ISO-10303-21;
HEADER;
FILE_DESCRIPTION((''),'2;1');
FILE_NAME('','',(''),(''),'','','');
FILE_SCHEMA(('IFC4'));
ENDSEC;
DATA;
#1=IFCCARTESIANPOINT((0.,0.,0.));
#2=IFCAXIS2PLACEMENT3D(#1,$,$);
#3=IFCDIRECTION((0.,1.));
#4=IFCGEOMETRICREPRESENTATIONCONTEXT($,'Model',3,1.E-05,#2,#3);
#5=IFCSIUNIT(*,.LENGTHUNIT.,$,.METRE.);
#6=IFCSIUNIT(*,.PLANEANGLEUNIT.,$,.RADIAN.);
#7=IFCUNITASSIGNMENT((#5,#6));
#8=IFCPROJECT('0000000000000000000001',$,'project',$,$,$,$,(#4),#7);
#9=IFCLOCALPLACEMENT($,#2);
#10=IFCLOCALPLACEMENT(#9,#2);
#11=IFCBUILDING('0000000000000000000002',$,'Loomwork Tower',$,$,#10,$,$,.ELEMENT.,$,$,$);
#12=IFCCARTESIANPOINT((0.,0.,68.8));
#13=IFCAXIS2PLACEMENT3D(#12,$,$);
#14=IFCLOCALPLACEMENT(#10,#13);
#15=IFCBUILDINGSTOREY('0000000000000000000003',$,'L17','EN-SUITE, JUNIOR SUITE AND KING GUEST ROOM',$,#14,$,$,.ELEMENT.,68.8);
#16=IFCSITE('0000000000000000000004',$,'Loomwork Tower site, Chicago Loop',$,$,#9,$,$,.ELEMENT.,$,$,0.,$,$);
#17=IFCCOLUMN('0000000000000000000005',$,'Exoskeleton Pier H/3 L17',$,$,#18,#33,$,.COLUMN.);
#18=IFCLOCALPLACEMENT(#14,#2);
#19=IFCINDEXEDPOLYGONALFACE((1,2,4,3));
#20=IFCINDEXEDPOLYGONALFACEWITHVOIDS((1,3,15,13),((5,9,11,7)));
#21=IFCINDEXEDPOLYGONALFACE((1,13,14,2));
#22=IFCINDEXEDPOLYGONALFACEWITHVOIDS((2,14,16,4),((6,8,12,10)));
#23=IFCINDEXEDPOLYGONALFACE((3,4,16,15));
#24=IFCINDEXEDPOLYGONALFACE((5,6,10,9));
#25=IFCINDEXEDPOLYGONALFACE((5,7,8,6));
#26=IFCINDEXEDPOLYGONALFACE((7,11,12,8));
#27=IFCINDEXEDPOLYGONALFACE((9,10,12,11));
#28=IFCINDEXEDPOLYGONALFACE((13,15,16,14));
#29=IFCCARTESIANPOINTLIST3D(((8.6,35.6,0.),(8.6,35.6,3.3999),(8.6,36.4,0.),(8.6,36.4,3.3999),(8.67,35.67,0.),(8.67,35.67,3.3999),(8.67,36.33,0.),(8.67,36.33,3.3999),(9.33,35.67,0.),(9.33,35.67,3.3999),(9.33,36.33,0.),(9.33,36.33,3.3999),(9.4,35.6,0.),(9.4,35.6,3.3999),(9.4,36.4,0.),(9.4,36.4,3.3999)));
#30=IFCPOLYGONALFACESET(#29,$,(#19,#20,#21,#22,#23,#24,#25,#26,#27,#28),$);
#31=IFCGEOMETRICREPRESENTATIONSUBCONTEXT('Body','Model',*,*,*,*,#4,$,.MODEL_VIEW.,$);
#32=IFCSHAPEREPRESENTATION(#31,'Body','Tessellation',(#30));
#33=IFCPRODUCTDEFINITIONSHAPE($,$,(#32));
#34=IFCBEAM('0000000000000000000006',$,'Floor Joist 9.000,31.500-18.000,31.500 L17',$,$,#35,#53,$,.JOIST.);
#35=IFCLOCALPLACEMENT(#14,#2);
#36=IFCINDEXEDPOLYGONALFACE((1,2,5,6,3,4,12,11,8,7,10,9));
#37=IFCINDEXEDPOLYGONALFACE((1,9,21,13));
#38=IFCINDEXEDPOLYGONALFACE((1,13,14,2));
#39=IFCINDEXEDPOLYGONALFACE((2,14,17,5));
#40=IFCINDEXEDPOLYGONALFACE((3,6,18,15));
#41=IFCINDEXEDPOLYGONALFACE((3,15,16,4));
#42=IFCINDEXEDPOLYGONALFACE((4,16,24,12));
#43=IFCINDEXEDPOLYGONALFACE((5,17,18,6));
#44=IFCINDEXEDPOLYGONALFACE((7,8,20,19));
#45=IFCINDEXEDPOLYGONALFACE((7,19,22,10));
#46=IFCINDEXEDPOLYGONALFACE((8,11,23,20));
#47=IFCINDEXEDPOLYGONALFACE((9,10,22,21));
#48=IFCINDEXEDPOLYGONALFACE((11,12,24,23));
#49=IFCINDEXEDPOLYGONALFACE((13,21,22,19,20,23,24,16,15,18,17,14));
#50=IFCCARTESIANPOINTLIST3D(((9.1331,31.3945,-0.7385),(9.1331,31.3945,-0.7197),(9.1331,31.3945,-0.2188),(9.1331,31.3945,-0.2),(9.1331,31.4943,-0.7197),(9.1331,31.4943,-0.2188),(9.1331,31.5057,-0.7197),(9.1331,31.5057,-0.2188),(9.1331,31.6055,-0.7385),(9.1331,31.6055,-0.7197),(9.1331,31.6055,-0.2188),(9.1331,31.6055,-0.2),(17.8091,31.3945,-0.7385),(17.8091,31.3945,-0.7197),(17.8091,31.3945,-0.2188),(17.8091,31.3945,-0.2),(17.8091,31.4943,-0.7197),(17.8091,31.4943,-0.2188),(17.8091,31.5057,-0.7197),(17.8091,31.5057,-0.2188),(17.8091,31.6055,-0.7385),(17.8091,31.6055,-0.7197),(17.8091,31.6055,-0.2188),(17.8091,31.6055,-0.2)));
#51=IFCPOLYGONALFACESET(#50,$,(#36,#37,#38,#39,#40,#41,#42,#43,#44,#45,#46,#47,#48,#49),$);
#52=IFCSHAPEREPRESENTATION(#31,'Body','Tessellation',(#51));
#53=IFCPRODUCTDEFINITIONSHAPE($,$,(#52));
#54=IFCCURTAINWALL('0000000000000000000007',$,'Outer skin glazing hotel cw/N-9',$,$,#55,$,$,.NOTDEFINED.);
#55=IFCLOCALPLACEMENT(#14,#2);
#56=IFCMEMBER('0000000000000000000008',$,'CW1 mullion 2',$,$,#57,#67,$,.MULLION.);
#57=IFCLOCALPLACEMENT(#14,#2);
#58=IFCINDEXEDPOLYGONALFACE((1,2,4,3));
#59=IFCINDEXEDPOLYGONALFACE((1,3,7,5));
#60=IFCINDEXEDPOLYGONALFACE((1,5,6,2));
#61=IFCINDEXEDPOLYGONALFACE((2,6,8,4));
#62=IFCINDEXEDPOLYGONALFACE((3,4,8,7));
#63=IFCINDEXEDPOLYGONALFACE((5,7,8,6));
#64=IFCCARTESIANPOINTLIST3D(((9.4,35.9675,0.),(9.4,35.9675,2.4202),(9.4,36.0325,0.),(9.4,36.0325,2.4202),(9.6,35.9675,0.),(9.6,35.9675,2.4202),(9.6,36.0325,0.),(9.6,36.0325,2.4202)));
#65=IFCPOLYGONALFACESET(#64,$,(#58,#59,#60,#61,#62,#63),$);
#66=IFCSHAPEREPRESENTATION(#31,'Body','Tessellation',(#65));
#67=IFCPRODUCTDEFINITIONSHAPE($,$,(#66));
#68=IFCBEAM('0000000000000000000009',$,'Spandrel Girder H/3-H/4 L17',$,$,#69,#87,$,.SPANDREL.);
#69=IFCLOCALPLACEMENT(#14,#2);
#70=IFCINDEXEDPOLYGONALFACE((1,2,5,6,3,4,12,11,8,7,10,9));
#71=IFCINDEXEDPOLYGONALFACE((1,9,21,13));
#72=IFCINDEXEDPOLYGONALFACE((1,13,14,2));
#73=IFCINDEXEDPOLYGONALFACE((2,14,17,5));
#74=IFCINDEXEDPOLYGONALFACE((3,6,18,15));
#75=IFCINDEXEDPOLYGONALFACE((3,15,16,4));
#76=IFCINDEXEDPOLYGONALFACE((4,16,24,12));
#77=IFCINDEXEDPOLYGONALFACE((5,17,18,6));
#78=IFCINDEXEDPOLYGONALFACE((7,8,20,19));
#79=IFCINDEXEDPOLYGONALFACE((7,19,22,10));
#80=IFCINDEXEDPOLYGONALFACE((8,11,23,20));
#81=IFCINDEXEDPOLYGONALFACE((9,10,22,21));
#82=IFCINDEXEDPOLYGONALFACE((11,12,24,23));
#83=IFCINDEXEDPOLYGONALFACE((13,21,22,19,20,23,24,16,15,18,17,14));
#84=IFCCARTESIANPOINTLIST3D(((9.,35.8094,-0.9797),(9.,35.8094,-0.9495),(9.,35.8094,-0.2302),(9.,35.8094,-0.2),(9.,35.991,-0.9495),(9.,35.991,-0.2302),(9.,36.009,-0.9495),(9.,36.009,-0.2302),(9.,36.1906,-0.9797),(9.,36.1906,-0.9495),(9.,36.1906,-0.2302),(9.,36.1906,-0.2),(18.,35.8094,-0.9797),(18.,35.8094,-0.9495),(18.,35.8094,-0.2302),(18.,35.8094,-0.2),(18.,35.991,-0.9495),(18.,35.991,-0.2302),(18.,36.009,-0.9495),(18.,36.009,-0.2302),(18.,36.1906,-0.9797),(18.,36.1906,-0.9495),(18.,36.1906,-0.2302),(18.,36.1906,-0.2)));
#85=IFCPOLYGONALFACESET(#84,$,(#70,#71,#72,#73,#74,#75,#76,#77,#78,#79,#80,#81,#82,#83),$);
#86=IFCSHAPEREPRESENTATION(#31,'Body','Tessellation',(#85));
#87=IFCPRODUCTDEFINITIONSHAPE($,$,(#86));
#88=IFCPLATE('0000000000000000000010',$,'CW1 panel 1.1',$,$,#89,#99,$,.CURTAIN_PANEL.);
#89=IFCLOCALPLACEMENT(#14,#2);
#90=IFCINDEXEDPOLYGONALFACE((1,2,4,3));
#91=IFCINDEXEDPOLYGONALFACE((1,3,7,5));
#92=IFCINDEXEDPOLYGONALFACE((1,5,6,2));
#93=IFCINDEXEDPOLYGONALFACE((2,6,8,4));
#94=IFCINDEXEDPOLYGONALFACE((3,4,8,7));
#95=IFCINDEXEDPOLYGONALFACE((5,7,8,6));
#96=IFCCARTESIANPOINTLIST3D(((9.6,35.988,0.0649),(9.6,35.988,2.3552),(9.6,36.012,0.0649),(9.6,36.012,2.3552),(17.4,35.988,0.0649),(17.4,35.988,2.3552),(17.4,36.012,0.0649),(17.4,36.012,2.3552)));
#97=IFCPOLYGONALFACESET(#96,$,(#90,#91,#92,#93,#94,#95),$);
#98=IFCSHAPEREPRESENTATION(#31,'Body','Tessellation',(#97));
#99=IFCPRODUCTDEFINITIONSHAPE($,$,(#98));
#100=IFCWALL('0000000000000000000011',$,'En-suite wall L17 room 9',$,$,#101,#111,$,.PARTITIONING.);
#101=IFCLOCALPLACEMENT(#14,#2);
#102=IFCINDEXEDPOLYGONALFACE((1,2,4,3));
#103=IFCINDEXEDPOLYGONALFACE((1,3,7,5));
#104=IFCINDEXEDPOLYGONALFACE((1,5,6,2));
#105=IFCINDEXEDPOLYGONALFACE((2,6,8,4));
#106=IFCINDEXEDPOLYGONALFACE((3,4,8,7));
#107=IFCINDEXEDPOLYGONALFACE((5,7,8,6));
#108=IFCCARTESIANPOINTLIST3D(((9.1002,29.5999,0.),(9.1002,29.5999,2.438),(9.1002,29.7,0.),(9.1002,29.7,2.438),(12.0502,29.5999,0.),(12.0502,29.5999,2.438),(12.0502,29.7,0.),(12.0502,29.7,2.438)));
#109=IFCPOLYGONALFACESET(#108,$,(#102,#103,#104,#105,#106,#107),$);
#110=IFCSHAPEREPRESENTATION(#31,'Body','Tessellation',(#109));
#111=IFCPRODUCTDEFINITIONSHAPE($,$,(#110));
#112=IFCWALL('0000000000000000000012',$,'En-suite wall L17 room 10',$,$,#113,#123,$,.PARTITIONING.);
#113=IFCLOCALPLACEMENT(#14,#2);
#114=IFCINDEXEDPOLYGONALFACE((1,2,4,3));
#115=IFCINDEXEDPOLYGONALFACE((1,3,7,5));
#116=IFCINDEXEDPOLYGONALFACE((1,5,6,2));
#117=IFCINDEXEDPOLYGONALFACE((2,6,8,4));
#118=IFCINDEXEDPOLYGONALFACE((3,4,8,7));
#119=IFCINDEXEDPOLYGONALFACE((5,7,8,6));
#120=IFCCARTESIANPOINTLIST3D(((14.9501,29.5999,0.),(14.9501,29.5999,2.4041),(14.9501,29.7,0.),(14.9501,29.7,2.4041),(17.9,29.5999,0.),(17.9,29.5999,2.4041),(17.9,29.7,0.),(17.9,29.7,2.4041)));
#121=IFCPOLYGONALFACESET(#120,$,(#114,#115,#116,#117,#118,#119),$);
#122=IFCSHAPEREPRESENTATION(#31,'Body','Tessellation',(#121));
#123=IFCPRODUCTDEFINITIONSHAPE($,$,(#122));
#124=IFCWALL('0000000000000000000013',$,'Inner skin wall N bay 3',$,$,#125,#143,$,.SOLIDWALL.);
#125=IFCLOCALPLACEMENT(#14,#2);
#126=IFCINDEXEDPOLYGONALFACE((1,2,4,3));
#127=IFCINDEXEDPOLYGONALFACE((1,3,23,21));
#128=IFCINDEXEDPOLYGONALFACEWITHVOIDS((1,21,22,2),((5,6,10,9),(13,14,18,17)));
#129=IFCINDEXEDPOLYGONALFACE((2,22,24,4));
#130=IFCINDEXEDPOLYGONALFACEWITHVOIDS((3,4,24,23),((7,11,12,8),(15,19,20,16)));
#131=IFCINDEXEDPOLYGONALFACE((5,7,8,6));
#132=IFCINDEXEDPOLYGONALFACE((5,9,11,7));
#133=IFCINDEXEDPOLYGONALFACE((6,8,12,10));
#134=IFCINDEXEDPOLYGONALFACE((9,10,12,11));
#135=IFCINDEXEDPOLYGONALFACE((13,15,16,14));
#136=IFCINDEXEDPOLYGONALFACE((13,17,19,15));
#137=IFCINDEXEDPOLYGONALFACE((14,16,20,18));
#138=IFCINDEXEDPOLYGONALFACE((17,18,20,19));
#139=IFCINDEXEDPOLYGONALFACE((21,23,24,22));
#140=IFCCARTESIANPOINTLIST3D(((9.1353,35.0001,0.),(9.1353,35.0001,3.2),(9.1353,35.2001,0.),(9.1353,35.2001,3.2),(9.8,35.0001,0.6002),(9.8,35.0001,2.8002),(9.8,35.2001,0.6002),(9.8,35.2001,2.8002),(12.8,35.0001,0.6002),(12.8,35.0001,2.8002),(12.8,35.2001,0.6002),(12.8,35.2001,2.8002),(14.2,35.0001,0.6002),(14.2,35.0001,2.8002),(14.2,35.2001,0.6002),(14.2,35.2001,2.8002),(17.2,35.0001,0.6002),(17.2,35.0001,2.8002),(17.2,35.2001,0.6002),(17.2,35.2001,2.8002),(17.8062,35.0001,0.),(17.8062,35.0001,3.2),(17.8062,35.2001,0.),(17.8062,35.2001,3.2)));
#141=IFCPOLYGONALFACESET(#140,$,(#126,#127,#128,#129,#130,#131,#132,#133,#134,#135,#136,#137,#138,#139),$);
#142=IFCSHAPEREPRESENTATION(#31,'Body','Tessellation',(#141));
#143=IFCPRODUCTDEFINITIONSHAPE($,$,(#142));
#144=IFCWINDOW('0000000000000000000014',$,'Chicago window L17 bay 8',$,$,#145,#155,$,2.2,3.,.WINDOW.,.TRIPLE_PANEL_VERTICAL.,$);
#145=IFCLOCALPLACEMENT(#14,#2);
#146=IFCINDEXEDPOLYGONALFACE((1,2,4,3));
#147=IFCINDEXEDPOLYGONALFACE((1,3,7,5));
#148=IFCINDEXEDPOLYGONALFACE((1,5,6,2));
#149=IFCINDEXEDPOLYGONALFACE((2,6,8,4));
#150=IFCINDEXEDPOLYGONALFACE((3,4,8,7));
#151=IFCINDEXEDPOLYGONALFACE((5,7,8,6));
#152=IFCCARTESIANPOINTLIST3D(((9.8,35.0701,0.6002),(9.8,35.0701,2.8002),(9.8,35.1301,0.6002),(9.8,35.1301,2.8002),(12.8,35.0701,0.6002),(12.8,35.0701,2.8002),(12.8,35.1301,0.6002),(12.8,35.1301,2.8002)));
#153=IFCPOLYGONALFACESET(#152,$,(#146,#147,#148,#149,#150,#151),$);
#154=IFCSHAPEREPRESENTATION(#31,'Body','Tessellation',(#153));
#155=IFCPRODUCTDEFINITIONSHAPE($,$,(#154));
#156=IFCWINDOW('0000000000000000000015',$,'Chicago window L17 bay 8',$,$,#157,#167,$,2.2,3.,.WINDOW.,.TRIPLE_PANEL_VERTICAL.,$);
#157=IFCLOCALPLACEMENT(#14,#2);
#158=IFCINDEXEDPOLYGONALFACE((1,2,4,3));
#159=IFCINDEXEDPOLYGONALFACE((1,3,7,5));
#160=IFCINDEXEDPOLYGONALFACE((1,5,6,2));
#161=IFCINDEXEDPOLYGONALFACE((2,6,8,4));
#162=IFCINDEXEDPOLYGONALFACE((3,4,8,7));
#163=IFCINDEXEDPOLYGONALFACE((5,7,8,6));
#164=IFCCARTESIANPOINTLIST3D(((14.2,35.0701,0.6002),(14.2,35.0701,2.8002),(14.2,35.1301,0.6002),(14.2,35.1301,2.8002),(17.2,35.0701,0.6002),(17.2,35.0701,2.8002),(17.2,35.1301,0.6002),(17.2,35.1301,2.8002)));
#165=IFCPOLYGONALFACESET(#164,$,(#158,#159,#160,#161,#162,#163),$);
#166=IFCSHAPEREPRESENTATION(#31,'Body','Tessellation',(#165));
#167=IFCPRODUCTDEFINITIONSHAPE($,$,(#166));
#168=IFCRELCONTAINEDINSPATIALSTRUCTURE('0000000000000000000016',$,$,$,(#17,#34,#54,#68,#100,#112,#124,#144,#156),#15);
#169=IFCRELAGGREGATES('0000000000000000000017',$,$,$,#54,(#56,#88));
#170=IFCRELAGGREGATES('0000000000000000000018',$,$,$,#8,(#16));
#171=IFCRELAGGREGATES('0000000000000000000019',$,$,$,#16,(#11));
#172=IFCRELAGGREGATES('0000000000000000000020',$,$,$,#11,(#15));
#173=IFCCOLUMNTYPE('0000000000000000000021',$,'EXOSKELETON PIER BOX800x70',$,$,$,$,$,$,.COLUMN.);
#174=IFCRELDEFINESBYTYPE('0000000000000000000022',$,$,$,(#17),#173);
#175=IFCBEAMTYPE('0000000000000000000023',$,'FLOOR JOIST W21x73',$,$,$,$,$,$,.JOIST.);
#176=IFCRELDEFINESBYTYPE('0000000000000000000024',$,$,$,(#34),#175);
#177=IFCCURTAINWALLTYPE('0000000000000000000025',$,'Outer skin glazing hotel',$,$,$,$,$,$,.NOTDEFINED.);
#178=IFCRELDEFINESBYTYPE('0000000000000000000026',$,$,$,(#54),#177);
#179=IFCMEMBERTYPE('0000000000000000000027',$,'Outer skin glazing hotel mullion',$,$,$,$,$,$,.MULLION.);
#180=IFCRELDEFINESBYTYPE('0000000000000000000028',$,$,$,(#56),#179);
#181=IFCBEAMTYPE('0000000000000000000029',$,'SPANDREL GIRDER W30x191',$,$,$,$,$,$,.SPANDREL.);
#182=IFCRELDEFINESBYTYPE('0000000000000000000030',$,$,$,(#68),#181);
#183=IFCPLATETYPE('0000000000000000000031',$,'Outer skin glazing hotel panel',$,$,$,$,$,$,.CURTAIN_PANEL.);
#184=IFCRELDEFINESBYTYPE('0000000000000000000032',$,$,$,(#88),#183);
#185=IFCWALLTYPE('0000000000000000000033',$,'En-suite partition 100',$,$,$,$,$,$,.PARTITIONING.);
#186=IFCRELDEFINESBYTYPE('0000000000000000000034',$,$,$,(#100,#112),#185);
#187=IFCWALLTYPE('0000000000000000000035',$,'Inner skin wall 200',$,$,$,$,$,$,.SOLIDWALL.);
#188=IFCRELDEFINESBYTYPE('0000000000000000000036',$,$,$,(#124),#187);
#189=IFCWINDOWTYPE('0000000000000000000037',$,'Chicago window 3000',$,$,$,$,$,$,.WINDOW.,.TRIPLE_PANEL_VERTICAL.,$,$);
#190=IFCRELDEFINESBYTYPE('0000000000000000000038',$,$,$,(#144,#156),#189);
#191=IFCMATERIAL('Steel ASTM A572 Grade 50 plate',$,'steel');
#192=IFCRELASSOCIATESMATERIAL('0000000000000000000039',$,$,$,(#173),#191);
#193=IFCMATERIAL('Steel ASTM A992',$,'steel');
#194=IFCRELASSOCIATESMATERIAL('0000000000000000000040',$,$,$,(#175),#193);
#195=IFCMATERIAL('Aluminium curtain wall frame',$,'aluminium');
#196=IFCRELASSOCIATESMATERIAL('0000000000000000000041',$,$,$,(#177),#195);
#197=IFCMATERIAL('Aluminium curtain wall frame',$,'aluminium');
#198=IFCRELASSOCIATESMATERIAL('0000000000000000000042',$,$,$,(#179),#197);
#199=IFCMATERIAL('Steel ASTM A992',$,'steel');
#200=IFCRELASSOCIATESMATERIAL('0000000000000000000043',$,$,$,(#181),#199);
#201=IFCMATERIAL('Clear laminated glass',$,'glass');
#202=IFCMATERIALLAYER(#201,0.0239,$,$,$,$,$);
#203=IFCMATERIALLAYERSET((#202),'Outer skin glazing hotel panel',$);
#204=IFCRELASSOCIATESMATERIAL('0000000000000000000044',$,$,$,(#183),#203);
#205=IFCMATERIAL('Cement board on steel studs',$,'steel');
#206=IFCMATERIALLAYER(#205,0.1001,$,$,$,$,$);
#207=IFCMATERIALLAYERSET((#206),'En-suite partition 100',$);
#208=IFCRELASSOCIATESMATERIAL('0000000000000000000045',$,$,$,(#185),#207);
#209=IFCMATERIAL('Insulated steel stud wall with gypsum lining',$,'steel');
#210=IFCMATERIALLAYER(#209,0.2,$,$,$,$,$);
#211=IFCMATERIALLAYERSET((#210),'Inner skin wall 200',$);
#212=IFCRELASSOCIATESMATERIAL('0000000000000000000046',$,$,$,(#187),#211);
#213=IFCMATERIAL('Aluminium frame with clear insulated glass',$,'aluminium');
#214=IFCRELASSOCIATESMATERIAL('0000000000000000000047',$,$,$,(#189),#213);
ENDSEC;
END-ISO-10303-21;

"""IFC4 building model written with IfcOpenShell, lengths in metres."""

from ifc_helpers import new_model, si_unit, direction, frame, frame_2d, origin, origin_2d, place, context, subcontext, project, spatial, rectangle, hollow_rectangle, i_section, extrude, material, layer, layer_set, material_profile, profile_set, type_object, element, fill, aggregate, save


model = new_model("IFC4")

# Units and contexts
model_context = context("Model", 3, precision=1e-05, world=origin(), true_north=direction((0.0, 1.0)))
body_context = subcontext(model_context, "Body", "Model", "MODEL_VIEW")
ifc_project = project(units=[si_unit("LENGTHUNIT", "METRE"), si_unit("PLANEANGLEUNIT", "RADIAN")], contexts=[model_context])

# Site, building, storey
site_placement = place(None, origin())
site = spatial("IfcSite", under=ifc_project, at=site_placement, Name="Loomwork Tower site, Chicago Loop", CompositionType="ELEMENT", RefElevation=0.0)
building_placement = place(site_placement, origin())
building = spatial("IfcBuilding", under=site, at=building_placement, Name="Loomwork Tower", CompositionType="ELEMENT")
storey_placement = place(building_placement, frame((0.0, 0.0, 68.8)))
storey = spatial("IfcBuildingStorey", under=building, at=storey_placement, Name="L17", Description="EN-SUITE, JUNIOR SUITE AND KING GUEST ROOM", CompositionType="ELEMENT", Elevation=68.8)

# Column
ifc_material_1 = material(Name="Steel ASTM A572 Grade 50 plate", Category="steel")
ifc_material_profile_1 = material_profile(ifc_material_1, hollow_rectangle(XDim=0.8, YDim=0.8, WallThickness=0.0701, at=origin_2d()), Name="BOX800x70")
ifc_profile_set_1 = profile_set([ifc_material_profile_1], Name="Steel ASTM A572 Grade 50 plate")
column_type = type_object("IfcColumnType", Name="EXOSKELETON PIER BOX800x70", PredefinedType="COLUMN", material=ifc_profile_set_1)
column_placement = place(storey_placement, frame((9.0, 36.0, 0.0), z_axis=(0.0, 0.0, 1.0), x_axis=(1.0, 0.0, 0.0)))
element("IfcColumn", 1, at=column_placement, inside=storey, type_object=column_type, Name="Exoskeleton Pier H/3 L17", PredefinedType="COLUMN", context=body_context, shape_type="SweptSolid", body=[
    extrude(hollow_rectangle(XDim=0.8, YDim=0.8, WallThickness=0.0701, at=origin_2d()), origin(), (0.0, 0.0, 1.0), 3.3999),
])

# Beam
ifc_material_2 = material(Name="Steel ASTM A992", Category="steel")
ifc_material_profile_2 = material_profile(ifc_material_2, i_section(OverallWidth=0.2109, OverallDepth=0.5386, WebThickness=0.0115, FlangeThickness=0.0188, at=origin_2d()), Name="W21x73")
ifc_profile_set_2 = profile_set([ifc_material_profile_2], Name="Steel ASTM A992")
beam_type_1 = type_object("IfcBeamType", Name="FLOOR JOIST W21x73", PredefinedType="JOIST", material=ifc_profile_set_2)
beam_1_placement = place(storey_placement, frame((9.1331, 31.5, -0.4692), z_axis=(1.0, 0.0, 0.0), x_axis=(0.0, 1.0, 0.0)))
element("IfcBeam", 2, at=beam_1_placement, inside=storey, type_object=beam_type_1, Name="Floor Joist 9.000,31.500-18.000,31.500 L17", PredefinedType="JOIST", context=body_context, shape_type="SweptSolid", body=[
    extrude(i_section(OverallWidth=0.2109, OverallDepth=0.5386, WebThickness=0.0115, FlangeThickness=0.0188, at=origin_2d()), origin(), (0.0, 0.0, 1.0), 8.676),
])

# Curtain wall, member
ifc_material_3 = material(Name="Aluminium curtain wall frame", Category="aluminium")
curtain_wall_type = type_object("IfcCurtainWallType", Name="Outer skin glazing hotel", PredefinedType="NOTDEFINED", material=ifc_material_3)
curtain_wall_placement = place(storey_placement, origin())
curtain_wall = element("IfcCurtainWall", 3, at=curtain_wall_placement, inside=storey, type_object=curtain_wall_type, Name="Outer skin glazing hotel cw/N-9", PredefinedType="NOTDEFINED")
ifc_material_4 = material(Name="Aluminium curtain wall frame", Category="aluminium")
ifc_material_profile_3 = material_profile(ifc_material_4, rectangle(XDim=0.0649, YDim=0.2, at=origin_2d()), Name="AL 65x200")
ifc_profile_set_3 = profile_set([ifc_material_profile_3], Name="Aluminium curtain wall frame")
member_type = type_object("IfcMemberType", Name="Outer skin glazing hotel mullion", PredefinedType="MULLION", material=ifc_profile_set_3)
member_placement = place(storey_placement, frame((9.5, 36.0, 0.0), z_axis=(0.0, 0.0, 1.0), x_axis=(0.0, -1.0, 0.0)))
member = element("IfcMember", 4, at=member_placement, type_object=member_type, Name="CW1 mullion 2", PredefinedType="MULLION", context=body_context, shape_type="SweptSolid", body=[
    extrude(rectangle(XDim=0.0649, YDim=0.2, at=origin_2d()), origin(), (0.0, 0.0, 1.0), 2.4202),
])

# Beam
ifc_material_5 = material(Name="Steel ASTM A992", Category="steel")
ifc_material_profile_4 = material_profile(ifc_material_5, i_section(OverallWidth=0.3811, OverallDepth=0.7798, WebThickness=0.0181, FlangeThickness=0.0303, at=origin_2d()), Name="W30x191")
ifc_profile_set_4 = profile_set([ifc_material_profile_4], Name="Steel ASTM A992")
beam_type_2 = type_object("IfcBeamType", Name="SPANDREL GIRDER W30x191", PredefinedType="SPANDREL", material=ifc_profile_set_4)
beam_2_placement = place(storey_placement, frame((9.0, 36.0, -0.5898), z_axis=(1.0, 0.0, 0.0), x_axis=(0.0, 1.0, 0.0)))
element("IfcBeam", 5, at=beam_2_placement, inside=storey, type_object=beam_type_2, Name="Spandrel Girder H/3-H/4 L17", PredefinedType="SPANDREL", context=body_context, shape_type="SweptSolid", body=[
    extrude(i_section(OverallWidth=0.3811, OverallDepth=0.7798, WebThickness=0.0181, FlangeThickness=0.0303, at=origin_2d()), origin(), (0.0, 0.0, 1.0), 9.0),
])

# Plate
ifc_material_6 = material(Name="Clear laminated glass", Category="glass")
ifc_layer_1 = layer(ifc_material_6, 0.0239)
ifc_layer_set_1 = layer_set([ifc_layer_1], Name="Outer skin glazing hotel panel")
plate_type = type_object("IfcPlateType", Name="Outer skin glazing hotel panel", PredefinedType="CURTAIN_PANEL", material=ifc_layer_set_1)
plate_placement = place(storey_placement, frame((13.5, 36.0, 0.0649), z_axis=(0.0, 0.0, 1.0), x_axis=(-1.0, 0.0, 0.0)))
plate = element("IfcPlate", 6, at=plate_placement, type_object=plate_type, Name="CW1 panel 1.1", PredefinedType="CURTAIN_PANEL", context=body_context, shape_type="SweptSolid", body=[
    extrude(rectangle(XDim=7.8, YDim=0.0239, at=origin_2d()), origin(), (0.0, 0.0, 1.0), 2.2903),
])
aggregate(curtain_wall, [member, plate])

# Walls
ifc_material_7 = material(Name="Cement board on steel studs", Category="steel")
ifc_layer_2 = layer(ifc_material_7, 0.1001)
ifc_layer_set_2 = layer_set([ifc_layer_2], Name="En-suite partition 100")
wall_type_1 = type_object("IfcWallType", Name="En-suite partition 100", PredefinedType="PARTITIONING", material=ifc_layer_set_2)
wall_1_placement = place(storey_placement, frame((9.1001, 29.6499, 0.0), z_axis=(0.0, 0.0, 1.0), x_axis=(1.0, 0.0, 0.0)))
element("IfcWall", 7, at=wall_1_placement, inside=storey, type_object=wall_type_1, Name="En-suite wall L17 room 9", PredefinedType="PARTITIONING", context=body_context, shape_type="SweptSolid", body=[
    extrude(rectangle(XDim=2.95, YDim=0.1001, at=frame_2d((1.4751, 0.0))), origin(), (0.0, 0.0, 1.0), 2.438),
])
wall_2_placement = place(storey_placement, frame((14.95, 29.6499, 0.0), z_axis=(0.0, 0.0, 1.0), x_axis=(1.0, 0.0, 0.0)))
element("IfcWall", 8, at=wall_2_placement, inside=storey, type_object=wall_type_1, Name="En-suite wall L17 room 10", PredefinedType="PARTITIONING", context=body_context, shape_type="SweptSolid", body=[
    extrude(rectangle(XDim=2.95, YDim=0.1001, at=frame_2d((1.4751, 0.0))), origin(), (0.0, 0.0, 1.0), 2.4041),
])

# Wall, openings, windows
ifc_material_8 = material(Name="Insulated steel stud wall with gypsum lining", Category="steel")
ifc_layer_3 = layer(ifc_material_8, 0.2)
ifc_layer_set_3 = layer_set([ifc_layer_3], Name="Inner skin wall 200")
wall_type_2 = type_object("IfcWallType", Name="Inner skin wall 200", PredefinedType="SOLIDWALL", material=ifc_layer_set_3)
wall_3_placement = place(storey_placement, frame((9.1353, 35.1001, 0.0), z_axis=(0.0, 0.0, 1.0), x_axis=(1.0, 0.0, 0.0)))
wall_3 = element("IfcWall", 9, at=wall_3_placement, inside=storey, type_object=wall_type_2, Name="Inner skin wall N bay 3", PredefinedType="SOLIDWALL", context=body_context, shape_type="SweptSolid", body=[
    extrude(rectangle(XDim=8.6709, YDim=0.2, at=frame_2d((4.3354, 0.0))), origin(), (0.0, 0.0, 1.0), 3.2),
])
opening_1_placement = place(wall_3_placement, frame((0.6648, 0.0, 0.6001)))
opening_1 = element("IfcOpeningElement", 10, at=opening_1_placement, cuts=wall_3, PredefinedType="OPENING", context=body_context, shape_type="SweptSolid", body=[
    extrude(rectangle(XDim=3.0, YDim=2.2, at=frame_2d((1.5, 1.1001))), frame((0.0, 0.1099, 0.0), z_axis=(0.0, -1.0, 0.0), x_axis=(1.0, 0.0, 0.0)), (0.0, 0.0, 1.0), 0.22),
])
opening_2_placement = place(wall_3_placement, frame((5.0647, 0.0, 0.6001)))
opening_2 = element("IfcOpeningElement", 11, at=opening_2_placement, cuts=wall_3, PredefinedType="OPENING", context=body_context, shape_type="SweptSolid", body=[
    extrude(rectangle(XDim=3.0, YDim=2.2, at=frame_2d((1.5, 1.1001))), frame((0.0, 0.1099, 0.0), z_axis=(0.0, -1.0, 0.0), x_axis=(1.0, 0.0, 0.0)), (0.0, 0.0, 1.0), 0.22),
])
ifc_material_9 = material(Name="Aluminium frame with clear insulated glass", Category="aluminium")
window_type = type_object("IfcWindowType", Name="Chicago window 3000", PartitioningType="TRIPLE_PANEL_VERTICAL", PredefinedType="WINDOW", material=ifc_material_9)
window_1_placement = place(opening_1_placement, origin())
window_1 = element("IfcWindow", 12, at=window_1_placement, inside=storey, type_object=window_type, Name="Chicago window L17 bay 8", OverallHeight=2.2, OverallWidth=3.0, PartitioningType="TRIPLE_PANEL_VERTICAL", PredefinedType="WINDOW", context=body_context, shape_type="SweptSolid", body=[
    extrude(rectangle(XDim=3.0, YDim=2.2, at=frame_2d((1.5, 1.1001))), frame((0.0, 0.03, 0.0), z_axis=(0.0, -1.0, 0.0), x_axis=(1.0, 0.0, 0.0)), (0.0, 0.0, 1.0), 0.0601),
])
fill(opening_1, window_1)
window_2_placement = place(opening_2_placement, origin())
window_2 = element("IfcWindow", 13, at=window_2_placement, inside=storey, type_object=window_type, Name="Chicago window L17 bay 8", OverallHeight=2.2, OverallWidth=3.0, PartitioningType="TRIPLE_PANEL_VERTICAL", PredefinedType="WINDOW", context=body_context, shape_type="SweptSolid", body=[
    extrude(rectangle(XDim=3.0, YDim=2.2, at=frame_2d((1.5, 1.1001))), frame((0.0, 0.03, 0.0), z_axis=(0.0, -1.0, 0.0), x_axis=(1.0, 0.0, 0.0)), (0.0, 0.0, 1.0), 0.0601),
])
fill(opening_2, window_2)

save(model, "model.ifc")
